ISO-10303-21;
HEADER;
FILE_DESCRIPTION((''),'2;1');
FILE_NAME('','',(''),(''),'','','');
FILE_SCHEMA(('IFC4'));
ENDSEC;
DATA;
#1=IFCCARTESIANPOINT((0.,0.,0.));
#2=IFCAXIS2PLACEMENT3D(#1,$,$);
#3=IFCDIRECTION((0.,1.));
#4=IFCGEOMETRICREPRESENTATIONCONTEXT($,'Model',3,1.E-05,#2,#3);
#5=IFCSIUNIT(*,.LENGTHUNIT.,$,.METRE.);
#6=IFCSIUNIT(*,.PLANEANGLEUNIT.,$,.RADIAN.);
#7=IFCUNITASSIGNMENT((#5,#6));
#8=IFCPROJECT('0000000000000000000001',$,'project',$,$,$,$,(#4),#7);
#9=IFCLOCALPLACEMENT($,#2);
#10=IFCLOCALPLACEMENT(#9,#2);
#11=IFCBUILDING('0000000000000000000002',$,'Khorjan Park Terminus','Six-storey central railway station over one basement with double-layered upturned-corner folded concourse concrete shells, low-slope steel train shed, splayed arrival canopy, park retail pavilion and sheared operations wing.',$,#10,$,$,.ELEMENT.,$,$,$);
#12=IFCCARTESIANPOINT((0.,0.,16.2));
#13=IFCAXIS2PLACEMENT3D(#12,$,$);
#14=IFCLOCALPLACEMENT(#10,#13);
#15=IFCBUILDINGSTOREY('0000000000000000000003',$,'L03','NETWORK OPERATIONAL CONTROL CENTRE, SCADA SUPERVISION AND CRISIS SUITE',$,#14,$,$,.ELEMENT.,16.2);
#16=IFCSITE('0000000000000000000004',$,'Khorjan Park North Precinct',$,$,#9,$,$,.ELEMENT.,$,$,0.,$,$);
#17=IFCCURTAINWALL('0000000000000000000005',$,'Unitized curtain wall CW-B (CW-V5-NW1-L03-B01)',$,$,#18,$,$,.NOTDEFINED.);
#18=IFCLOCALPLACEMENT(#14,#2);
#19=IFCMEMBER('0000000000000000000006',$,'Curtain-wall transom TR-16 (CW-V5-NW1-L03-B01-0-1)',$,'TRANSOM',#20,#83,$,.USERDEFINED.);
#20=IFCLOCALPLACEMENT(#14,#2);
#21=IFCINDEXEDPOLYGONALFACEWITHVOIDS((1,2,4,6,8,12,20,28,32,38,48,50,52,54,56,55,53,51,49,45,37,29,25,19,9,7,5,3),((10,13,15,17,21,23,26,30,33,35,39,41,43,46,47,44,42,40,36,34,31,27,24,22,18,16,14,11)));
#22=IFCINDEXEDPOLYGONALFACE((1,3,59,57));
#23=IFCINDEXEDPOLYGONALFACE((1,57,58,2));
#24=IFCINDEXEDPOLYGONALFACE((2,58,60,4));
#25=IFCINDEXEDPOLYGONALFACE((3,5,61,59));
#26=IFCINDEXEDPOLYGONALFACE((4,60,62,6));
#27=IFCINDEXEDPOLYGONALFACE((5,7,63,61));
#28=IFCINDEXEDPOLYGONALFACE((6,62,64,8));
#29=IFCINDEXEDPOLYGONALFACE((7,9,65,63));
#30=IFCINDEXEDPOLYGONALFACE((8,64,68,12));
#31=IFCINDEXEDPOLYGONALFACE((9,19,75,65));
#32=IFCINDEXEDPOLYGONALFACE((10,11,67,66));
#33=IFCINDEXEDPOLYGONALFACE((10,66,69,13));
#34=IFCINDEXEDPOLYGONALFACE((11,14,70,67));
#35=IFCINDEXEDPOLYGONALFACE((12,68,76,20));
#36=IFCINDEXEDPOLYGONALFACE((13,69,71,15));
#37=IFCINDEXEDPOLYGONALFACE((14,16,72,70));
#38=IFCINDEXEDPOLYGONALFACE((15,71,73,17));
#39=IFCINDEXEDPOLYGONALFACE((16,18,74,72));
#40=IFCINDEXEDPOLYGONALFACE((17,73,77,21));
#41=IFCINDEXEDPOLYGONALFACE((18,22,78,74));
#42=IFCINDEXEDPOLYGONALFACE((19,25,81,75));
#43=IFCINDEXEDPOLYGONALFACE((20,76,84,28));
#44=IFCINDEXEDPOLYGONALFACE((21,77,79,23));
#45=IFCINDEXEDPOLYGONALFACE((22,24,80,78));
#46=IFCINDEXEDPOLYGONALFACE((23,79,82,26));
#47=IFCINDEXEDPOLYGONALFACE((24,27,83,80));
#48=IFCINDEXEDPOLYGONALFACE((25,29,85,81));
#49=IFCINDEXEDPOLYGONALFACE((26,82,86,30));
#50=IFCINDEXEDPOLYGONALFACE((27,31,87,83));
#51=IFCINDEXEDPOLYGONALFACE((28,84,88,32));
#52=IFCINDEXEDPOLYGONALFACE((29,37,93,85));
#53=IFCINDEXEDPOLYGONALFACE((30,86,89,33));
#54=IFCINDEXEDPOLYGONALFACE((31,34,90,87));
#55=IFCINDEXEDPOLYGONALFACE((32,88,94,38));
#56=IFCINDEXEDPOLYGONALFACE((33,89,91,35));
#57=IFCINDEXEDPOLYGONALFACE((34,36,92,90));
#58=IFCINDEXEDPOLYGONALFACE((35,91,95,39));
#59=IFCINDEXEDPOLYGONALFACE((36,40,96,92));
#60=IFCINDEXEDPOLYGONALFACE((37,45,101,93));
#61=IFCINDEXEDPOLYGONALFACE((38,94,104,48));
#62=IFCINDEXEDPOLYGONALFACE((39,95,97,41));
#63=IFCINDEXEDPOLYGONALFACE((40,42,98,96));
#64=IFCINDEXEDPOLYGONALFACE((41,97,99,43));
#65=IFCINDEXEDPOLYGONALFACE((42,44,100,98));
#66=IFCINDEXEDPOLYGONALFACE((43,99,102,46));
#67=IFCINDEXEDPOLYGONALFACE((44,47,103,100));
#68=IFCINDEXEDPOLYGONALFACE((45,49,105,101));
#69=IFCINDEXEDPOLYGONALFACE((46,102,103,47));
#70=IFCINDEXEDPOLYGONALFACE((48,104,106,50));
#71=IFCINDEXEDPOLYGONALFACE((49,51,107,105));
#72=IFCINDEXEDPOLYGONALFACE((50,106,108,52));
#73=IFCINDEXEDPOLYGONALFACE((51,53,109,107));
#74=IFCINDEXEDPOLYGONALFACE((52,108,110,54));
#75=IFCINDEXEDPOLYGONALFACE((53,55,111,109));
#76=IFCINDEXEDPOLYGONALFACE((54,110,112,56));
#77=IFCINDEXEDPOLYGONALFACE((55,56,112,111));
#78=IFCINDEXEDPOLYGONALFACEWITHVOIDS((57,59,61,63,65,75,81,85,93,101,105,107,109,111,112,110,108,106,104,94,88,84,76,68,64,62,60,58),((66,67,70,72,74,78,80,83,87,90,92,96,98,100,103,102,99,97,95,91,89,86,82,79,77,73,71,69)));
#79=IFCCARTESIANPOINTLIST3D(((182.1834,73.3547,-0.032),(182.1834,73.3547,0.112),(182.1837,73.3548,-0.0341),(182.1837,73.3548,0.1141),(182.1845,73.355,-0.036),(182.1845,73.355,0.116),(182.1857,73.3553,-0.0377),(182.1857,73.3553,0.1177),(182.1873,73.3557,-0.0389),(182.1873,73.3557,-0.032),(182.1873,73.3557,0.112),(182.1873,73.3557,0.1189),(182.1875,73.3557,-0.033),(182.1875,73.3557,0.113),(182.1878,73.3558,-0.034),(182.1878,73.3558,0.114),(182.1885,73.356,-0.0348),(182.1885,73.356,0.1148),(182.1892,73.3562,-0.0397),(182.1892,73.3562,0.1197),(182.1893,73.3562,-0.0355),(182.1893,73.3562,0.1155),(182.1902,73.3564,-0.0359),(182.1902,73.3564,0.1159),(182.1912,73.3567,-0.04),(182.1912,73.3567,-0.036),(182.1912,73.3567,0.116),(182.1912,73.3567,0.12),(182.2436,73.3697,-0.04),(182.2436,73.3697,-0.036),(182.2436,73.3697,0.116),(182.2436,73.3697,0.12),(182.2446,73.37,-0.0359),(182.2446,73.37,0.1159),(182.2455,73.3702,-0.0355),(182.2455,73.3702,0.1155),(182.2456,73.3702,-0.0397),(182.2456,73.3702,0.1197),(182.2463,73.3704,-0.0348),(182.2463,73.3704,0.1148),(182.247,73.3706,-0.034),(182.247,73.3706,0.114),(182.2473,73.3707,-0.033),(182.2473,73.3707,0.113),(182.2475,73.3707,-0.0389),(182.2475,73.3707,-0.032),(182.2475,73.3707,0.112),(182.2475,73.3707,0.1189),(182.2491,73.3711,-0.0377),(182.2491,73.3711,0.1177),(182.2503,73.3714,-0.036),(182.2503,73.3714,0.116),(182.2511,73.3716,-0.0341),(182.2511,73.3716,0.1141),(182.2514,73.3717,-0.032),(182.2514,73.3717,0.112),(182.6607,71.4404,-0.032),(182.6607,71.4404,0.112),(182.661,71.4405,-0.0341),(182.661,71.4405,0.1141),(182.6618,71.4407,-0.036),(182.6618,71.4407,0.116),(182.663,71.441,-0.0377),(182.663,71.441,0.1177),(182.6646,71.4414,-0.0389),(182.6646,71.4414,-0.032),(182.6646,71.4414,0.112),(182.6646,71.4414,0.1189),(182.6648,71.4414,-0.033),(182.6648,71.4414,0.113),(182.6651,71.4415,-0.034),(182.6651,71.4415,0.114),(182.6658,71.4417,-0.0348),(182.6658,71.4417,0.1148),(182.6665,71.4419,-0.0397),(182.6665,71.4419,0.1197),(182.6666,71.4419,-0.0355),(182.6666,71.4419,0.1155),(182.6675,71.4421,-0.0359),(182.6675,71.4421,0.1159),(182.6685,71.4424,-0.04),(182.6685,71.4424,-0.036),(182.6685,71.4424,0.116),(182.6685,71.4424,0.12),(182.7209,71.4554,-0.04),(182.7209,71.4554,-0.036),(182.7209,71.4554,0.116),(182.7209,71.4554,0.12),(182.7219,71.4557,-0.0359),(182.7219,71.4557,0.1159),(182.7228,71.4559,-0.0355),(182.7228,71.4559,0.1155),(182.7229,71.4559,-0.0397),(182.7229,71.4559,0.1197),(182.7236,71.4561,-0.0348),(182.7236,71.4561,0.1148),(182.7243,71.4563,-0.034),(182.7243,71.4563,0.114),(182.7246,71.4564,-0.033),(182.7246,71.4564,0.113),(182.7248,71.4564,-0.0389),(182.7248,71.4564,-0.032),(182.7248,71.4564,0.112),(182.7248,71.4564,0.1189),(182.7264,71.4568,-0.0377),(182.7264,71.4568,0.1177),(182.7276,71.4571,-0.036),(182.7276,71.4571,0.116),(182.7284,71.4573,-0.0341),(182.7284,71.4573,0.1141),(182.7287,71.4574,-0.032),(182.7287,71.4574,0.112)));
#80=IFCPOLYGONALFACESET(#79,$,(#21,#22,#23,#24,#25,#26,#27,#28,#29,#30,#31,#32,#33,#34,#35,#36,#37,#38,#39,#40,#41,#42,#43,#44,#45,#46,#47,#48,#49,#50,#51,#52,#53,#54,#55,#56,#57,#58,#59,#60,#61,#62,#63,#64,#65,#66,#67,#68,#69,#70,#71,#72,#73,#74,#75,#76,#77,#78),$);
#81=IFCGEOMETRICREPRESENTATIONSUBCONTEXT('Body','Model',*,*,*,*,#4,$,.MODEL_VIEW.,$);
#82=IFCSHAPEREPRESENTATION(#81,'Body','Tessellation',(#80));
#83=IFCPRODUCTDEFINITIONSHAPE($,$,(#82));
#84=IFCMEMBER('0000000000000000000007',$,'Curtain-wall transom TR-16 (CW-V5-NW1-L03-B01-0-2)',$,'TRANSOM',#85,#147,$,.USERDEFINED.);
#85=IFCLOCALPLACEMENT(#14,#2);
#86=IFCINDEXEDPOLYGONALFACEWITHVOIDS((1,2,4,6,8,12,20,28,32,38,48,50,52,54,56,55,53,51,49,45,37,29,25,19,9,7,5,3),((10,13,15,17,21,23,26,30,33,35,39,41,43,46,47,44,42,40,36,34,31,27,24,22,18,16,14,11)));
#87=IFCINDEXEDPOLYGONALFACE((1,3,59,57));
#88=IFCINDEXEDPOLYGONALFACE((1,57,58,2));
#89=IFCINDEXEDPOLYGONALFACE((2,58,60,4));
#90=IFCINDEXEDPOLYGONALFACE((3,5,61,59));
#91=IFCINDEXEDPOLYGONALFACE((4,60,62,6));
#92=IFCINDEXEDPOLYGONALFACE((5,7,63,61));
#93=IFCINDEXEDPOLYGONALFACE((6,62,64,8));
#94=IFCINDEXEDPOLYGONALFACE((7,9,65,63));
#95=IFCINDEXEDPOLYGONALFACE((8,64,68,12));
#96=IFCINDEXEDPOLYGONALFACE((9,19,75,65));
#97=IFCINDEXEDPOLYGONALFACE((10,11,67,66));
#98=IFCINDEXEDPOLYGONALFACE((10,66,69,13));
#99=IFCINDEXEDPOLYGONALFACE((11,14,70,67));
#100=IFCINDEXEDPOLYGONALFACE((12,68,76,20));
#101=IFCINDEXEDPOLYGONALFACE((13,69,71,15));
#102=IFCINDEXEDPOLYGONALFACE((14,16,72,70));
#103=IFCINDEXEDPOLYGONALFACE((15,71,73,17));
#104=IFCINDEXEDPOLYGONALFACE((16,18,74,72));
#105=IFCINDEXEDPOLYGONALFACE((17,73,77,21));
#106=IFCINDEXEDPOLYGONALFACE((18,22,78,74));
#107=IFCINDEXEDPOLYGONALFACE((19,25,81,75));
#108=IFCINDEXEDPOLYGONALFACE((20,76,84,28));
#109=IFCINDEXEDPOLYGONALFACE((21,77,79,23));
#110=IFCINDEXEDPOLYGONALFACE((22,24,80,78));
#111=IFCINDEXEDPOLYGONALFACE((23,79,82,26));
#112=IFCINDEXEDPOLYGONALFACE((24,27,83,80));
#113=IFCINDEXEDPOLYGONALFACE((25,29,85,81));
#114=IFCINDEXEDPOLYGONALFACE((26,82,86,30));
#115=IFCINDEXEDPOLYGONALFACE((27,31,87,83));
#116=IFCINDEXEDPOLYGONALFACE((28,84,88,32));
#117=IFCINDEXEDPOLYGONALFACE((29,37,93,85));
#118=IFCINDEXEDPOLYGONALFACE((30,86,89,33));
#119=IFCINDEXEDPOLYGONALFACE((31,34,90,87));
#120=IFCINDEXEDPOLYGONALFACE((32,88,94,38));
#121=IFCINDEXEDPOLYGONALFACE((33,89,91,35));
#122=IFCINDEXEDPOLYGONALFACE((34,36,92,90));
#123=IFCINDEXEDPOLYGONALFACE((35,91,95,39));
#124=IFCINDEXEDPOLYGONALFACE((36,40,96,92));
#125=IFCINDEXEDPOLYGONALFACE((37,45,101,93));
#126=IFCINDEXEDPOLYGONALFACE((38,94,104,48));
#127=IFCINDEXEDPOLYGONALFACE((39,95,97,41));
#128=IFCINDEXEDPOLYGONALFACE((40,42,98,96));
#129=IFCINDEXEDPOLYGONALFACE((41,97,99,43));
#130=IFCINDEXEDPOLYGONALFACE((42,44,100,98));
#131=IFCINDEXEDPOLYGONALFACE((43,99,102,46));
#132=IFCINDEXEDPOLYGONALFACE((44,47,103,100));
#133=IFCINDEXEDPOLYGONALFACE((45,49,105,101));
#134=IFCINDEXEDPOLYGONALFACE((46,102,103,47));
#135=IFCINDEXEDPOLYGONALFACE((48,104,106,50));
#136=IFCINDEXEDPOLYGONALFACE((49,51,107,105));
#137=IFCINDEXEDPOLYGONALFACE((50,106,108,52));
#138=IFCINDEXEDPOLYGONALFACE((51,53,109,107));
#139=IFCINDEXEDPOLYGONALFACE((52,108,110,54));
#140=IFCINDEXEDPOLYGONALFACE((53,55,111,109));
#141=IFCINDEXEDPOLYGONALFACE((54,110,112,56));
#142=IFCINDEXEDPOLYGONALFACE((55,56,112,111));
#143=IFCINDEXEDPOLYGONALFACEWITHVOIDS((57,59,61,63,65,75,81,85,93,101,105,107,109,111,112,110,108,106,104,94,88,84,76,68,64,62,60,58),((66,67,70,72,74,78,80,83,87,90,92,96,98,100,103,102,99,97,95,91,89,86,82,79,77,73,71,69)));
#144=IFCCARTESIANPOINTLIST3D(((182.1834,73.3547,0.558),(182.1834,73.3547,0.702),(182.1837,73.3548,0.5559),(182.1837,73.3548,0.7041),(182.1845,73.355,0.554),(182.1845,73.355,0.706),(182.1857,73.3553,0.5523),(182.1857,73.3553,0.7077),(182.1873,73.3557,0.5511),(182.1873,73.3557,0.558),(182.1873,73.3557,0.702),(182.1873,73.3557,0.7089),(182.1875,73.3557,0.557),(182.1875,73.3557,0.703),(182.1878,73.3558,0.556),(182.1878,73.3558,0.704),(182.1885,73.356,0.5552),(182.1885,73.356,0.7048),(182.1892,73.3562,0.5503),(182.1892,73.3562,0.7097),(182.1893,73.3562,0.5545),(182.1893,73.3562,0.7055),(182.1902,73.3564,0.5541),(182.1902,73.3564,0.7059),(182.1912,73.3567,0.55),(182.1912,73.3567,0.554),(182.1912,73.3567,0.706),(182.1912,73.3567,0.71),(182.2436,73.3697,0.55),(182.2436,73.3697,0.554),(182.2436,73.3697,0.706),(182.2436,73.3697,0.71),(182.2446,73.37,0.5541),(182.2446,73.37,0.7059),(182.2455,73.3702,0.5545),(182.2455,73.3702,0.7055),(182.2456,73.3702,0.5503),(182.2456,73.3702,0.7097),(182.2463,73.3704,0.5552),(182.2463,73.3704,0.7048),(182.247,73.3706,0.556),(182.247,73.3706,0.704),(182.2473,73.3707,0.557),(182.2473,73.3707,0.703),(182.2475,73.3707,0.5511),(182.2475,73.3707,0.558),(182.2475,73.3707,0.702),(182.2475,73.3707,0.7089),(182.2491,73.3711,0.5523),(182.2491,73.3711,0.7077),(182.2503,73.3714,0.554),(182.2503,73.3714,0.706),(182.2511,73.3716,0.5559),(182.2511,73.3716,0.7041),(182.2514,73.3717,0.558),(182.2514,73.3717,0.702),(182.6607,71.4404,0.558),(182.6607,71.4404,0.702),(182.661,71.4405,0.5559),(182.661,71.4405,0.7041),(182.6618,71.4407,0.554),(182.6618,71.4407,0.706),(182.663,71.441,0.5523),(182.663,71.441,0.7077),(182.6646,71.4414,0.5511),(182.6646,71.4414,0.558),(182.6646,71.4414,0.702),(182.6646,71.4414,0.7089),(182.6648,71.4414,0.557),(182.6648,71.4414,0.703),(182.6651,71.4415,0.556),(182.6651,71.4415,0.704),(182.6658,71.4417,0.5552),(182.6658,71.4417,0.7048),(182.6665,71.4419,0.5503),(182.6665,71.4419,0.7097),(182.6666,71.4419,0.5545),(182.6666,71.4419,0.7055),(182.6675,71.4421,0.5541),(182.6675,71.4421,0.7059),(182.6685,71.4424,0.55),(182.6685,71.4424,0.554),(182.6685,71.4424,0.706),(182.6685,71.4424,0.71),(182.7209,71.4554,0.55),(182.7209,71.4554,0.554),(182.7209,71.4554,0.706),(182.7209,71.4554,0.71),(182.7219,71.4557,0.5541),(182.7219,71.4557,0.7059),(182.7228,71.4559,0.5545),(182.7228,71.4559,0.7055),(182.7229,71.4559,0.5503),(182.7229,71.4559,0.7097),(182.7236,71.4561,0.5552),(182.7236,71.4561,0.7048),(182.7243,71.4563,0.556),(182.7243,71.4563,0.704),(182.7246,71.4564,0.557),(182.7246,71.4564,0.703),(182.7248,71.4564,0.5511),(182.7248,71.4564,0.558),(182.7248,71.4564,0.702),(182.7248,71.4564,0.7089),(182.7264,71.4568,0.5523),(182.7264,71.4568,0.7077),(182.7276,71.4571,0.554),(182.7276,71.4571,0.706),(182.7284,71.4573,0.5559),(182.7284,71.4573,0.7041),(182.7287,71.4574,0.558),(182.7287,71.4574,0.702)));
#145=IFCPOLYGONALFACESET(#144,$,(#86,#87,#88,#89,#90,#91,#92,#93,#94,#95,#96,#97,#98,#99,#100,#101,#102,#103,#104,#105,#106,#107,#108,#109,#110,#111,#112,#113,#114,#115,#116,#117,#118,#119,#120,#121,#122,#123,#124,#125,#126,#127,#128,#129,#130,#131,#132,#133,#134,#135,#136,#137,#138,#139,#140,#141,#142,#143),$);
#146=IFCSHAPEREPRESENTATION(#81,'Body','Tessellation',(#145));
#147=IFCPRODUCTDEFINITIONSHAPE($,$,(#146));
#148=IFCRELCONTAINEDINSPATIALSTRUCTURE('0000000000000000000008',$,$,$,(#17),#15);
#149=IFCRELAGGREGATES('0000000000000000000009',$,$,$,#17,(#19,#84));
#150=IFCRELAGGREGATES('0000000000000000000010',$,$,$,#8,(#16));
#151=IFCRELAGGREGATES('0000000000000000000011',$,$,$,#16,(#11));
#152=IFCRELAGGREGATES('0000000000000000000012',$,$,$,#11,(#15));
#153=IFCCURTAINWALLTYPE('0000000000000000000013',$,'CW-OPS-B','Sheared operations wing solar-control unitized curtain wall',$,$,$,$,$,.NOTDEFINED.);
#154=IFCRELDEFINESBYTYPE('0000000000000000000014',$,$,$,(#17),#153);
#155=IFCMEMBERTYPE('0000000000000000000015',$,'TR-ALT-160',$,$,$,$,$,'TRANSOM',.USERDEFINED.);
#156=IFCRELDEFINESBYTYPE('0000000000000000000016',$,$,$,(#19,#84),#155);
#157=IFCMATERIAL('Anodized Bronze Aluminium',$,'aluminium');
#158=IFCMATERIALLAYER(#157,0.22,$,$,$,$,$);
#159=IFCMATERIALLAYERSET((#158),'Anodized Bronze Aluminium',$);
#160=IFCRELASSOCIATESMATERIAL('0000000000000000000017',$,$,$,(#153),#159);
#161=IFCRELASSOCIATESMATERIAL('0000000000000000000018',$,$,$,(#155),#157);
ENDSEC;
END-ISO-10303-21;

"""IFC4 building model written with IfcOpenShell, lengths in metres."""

from ifc_helpers import new_model, si_unit, direction, frame, origin, origin_2d, place, context, subcontext, project, spatial, hollow_rectangle, extrude, material, layer, layer_set, material_profile, profile_set, type_object, element, aggregate, save


model = new_model("IFC4")

# Units and contexts
model_context = context("Model", 3, precision=1e-05, world=origin(), true_north=direction((0.0, 1.0)))
body_context = subcontext(model_context, "Body", "Model", "MODEL_VIEW")
ifc_project = project(units=[si_unit("LENGTHUNIT", "METRE"), si_unit("PLANEANGLEUNIT", "RADIAN")], contexts=[model_context])

# Site, building, storey
site_placement = place(None, origin())
site = spatial("IfcSite", under=ifc_project, at=site_placement, Name="Khorjan Park North Precinct", CompositionType="ELEMENT", RefElevation=0.0)
building_placement = place(site_placement, origin())
building = spatial("IfcBuilding", under=site, at=building_placement, Name="Khorjan Park Terminus", Description="Six-storey central railway station over one basement with double-layered upturned-corner folded concourse concrete shells, low-slope steel train shed, splayed arrival canopy, park retail pavilion and sheared operations wing.", CompositionType="ELEMENT")
storey_placement = place(building_placement, frame((0.0, 0.0, 16.2)))
storey = spatial("IfcBuildingStorey", under=building, at=storey_placement, Name="L03", Description="NETWORK OPERATIONAL CONTROL CENTRE, SCADA SUPERVISION AND CRISIS SUITE", CompositionType="ELEMENT", Elevation=16.2)

# Curtain wall
ifc_material_1 = material(Name="Anodized Bronze Aluminium", Category="aluminium")
ifc_layer_1 = layer(ifc_material_1, 0.22)
ifc_layer_set_1 = layer_set([ifc_layer_1], Name="Anodized Bronze Aluminium")
curtain_wall_type = type_object("IfcCurtainWallType", Name="CW-OPS-B", Description="Sheared operations wing solar-control unitized curtain wall", PredefinedType="NOTDEFINED", material=ifc_layer_set_1)
curtain_wall_placement = place(storey_placement, origin())
curtain_wall = element("IfcCurtainWall", 1, at=curtain_wall_placement, inside=storey, type_object=curtain_wall_type, Name="Unitized curtain wall CW-B (CW-V5-NW1-L03-B01)", PredefinedType="NOTDEFINED")

# Members
ifc_material_profile_1 = material_profile(ifc_material_1, hollow_rectangle(XDim=0.07, YDim=0.16, WallThickness=0.004, InnerFilletRadius=0.004, OuterFilletRadius=0.008, at=origin_2d()), Name="ALT 70x160x4")
ifc_profile_set_1 = profile_set([ifc_material_profile_1], Name="Anodized Bronze Aluminium")
member_type_1 = type_object("IfcMemberType", Name="TR-ALT-160", ElementType="TRANSOM", PredefinedType="USERDEFINED", material=ifc_profile_set_1)
member_1_placement = place(storey_placement, frame((182.2174, 73.3632, 0.04), z_axis=(0.241927, -0.970294, 0.0), x_axis=(0.970294, 0.241927, 0.0)))
member_1 = element("IfcMember", 2, at=member_1_placement, type_object=member_type_1, Name="Curtain-wall transom TR-16 (CW-V5-NW1-L03-B01-0-1)", ObjectType="TRANSOM", PredefinedType="USERDEFINED", context=body_context, shape_type="SweptSolid", body=[
    extrude(hollow_rectangle(XDim=0.07, YDim=0.16, WallThickness=0.004, InnerFilletRadius=0.004, OuterFilletRadius=0.008, at=origin_2d()), origin(), (0.0, 0.0, 1.0), 1.9729),
])
member_2_placement = place(storey_placement, frame((182.2174, 73.3632, 0.63), z_axis=(0.241927, -0.970294, 0.0), x_axis=(0.970294, 0.241927, 0.0)))
member_2 = element("IfcMember", 3, at=member_2_placement, type_object=member_type_1, Name="Curtain-wall transom TR-16 (CW-V5-NW1-L03-B01-0-2)", ObjectType="TRANSOM", PredefinedType="USERDEFINED", context=body_context, shape_type="SweptSolid", body=[
    extrude(hollow_rectangle(XDim=0.07, YDim=0.16, WallThickness=0.004, InnerFilletRadius=0.004, OuterFilletRadius=0.008, at=origin_2d()), origin(), (0.0, 0.0, 1.0), 1.9729),
])
aggregate(curtain_wall, [member_1, member_2])

save(model, "model.ifc")
